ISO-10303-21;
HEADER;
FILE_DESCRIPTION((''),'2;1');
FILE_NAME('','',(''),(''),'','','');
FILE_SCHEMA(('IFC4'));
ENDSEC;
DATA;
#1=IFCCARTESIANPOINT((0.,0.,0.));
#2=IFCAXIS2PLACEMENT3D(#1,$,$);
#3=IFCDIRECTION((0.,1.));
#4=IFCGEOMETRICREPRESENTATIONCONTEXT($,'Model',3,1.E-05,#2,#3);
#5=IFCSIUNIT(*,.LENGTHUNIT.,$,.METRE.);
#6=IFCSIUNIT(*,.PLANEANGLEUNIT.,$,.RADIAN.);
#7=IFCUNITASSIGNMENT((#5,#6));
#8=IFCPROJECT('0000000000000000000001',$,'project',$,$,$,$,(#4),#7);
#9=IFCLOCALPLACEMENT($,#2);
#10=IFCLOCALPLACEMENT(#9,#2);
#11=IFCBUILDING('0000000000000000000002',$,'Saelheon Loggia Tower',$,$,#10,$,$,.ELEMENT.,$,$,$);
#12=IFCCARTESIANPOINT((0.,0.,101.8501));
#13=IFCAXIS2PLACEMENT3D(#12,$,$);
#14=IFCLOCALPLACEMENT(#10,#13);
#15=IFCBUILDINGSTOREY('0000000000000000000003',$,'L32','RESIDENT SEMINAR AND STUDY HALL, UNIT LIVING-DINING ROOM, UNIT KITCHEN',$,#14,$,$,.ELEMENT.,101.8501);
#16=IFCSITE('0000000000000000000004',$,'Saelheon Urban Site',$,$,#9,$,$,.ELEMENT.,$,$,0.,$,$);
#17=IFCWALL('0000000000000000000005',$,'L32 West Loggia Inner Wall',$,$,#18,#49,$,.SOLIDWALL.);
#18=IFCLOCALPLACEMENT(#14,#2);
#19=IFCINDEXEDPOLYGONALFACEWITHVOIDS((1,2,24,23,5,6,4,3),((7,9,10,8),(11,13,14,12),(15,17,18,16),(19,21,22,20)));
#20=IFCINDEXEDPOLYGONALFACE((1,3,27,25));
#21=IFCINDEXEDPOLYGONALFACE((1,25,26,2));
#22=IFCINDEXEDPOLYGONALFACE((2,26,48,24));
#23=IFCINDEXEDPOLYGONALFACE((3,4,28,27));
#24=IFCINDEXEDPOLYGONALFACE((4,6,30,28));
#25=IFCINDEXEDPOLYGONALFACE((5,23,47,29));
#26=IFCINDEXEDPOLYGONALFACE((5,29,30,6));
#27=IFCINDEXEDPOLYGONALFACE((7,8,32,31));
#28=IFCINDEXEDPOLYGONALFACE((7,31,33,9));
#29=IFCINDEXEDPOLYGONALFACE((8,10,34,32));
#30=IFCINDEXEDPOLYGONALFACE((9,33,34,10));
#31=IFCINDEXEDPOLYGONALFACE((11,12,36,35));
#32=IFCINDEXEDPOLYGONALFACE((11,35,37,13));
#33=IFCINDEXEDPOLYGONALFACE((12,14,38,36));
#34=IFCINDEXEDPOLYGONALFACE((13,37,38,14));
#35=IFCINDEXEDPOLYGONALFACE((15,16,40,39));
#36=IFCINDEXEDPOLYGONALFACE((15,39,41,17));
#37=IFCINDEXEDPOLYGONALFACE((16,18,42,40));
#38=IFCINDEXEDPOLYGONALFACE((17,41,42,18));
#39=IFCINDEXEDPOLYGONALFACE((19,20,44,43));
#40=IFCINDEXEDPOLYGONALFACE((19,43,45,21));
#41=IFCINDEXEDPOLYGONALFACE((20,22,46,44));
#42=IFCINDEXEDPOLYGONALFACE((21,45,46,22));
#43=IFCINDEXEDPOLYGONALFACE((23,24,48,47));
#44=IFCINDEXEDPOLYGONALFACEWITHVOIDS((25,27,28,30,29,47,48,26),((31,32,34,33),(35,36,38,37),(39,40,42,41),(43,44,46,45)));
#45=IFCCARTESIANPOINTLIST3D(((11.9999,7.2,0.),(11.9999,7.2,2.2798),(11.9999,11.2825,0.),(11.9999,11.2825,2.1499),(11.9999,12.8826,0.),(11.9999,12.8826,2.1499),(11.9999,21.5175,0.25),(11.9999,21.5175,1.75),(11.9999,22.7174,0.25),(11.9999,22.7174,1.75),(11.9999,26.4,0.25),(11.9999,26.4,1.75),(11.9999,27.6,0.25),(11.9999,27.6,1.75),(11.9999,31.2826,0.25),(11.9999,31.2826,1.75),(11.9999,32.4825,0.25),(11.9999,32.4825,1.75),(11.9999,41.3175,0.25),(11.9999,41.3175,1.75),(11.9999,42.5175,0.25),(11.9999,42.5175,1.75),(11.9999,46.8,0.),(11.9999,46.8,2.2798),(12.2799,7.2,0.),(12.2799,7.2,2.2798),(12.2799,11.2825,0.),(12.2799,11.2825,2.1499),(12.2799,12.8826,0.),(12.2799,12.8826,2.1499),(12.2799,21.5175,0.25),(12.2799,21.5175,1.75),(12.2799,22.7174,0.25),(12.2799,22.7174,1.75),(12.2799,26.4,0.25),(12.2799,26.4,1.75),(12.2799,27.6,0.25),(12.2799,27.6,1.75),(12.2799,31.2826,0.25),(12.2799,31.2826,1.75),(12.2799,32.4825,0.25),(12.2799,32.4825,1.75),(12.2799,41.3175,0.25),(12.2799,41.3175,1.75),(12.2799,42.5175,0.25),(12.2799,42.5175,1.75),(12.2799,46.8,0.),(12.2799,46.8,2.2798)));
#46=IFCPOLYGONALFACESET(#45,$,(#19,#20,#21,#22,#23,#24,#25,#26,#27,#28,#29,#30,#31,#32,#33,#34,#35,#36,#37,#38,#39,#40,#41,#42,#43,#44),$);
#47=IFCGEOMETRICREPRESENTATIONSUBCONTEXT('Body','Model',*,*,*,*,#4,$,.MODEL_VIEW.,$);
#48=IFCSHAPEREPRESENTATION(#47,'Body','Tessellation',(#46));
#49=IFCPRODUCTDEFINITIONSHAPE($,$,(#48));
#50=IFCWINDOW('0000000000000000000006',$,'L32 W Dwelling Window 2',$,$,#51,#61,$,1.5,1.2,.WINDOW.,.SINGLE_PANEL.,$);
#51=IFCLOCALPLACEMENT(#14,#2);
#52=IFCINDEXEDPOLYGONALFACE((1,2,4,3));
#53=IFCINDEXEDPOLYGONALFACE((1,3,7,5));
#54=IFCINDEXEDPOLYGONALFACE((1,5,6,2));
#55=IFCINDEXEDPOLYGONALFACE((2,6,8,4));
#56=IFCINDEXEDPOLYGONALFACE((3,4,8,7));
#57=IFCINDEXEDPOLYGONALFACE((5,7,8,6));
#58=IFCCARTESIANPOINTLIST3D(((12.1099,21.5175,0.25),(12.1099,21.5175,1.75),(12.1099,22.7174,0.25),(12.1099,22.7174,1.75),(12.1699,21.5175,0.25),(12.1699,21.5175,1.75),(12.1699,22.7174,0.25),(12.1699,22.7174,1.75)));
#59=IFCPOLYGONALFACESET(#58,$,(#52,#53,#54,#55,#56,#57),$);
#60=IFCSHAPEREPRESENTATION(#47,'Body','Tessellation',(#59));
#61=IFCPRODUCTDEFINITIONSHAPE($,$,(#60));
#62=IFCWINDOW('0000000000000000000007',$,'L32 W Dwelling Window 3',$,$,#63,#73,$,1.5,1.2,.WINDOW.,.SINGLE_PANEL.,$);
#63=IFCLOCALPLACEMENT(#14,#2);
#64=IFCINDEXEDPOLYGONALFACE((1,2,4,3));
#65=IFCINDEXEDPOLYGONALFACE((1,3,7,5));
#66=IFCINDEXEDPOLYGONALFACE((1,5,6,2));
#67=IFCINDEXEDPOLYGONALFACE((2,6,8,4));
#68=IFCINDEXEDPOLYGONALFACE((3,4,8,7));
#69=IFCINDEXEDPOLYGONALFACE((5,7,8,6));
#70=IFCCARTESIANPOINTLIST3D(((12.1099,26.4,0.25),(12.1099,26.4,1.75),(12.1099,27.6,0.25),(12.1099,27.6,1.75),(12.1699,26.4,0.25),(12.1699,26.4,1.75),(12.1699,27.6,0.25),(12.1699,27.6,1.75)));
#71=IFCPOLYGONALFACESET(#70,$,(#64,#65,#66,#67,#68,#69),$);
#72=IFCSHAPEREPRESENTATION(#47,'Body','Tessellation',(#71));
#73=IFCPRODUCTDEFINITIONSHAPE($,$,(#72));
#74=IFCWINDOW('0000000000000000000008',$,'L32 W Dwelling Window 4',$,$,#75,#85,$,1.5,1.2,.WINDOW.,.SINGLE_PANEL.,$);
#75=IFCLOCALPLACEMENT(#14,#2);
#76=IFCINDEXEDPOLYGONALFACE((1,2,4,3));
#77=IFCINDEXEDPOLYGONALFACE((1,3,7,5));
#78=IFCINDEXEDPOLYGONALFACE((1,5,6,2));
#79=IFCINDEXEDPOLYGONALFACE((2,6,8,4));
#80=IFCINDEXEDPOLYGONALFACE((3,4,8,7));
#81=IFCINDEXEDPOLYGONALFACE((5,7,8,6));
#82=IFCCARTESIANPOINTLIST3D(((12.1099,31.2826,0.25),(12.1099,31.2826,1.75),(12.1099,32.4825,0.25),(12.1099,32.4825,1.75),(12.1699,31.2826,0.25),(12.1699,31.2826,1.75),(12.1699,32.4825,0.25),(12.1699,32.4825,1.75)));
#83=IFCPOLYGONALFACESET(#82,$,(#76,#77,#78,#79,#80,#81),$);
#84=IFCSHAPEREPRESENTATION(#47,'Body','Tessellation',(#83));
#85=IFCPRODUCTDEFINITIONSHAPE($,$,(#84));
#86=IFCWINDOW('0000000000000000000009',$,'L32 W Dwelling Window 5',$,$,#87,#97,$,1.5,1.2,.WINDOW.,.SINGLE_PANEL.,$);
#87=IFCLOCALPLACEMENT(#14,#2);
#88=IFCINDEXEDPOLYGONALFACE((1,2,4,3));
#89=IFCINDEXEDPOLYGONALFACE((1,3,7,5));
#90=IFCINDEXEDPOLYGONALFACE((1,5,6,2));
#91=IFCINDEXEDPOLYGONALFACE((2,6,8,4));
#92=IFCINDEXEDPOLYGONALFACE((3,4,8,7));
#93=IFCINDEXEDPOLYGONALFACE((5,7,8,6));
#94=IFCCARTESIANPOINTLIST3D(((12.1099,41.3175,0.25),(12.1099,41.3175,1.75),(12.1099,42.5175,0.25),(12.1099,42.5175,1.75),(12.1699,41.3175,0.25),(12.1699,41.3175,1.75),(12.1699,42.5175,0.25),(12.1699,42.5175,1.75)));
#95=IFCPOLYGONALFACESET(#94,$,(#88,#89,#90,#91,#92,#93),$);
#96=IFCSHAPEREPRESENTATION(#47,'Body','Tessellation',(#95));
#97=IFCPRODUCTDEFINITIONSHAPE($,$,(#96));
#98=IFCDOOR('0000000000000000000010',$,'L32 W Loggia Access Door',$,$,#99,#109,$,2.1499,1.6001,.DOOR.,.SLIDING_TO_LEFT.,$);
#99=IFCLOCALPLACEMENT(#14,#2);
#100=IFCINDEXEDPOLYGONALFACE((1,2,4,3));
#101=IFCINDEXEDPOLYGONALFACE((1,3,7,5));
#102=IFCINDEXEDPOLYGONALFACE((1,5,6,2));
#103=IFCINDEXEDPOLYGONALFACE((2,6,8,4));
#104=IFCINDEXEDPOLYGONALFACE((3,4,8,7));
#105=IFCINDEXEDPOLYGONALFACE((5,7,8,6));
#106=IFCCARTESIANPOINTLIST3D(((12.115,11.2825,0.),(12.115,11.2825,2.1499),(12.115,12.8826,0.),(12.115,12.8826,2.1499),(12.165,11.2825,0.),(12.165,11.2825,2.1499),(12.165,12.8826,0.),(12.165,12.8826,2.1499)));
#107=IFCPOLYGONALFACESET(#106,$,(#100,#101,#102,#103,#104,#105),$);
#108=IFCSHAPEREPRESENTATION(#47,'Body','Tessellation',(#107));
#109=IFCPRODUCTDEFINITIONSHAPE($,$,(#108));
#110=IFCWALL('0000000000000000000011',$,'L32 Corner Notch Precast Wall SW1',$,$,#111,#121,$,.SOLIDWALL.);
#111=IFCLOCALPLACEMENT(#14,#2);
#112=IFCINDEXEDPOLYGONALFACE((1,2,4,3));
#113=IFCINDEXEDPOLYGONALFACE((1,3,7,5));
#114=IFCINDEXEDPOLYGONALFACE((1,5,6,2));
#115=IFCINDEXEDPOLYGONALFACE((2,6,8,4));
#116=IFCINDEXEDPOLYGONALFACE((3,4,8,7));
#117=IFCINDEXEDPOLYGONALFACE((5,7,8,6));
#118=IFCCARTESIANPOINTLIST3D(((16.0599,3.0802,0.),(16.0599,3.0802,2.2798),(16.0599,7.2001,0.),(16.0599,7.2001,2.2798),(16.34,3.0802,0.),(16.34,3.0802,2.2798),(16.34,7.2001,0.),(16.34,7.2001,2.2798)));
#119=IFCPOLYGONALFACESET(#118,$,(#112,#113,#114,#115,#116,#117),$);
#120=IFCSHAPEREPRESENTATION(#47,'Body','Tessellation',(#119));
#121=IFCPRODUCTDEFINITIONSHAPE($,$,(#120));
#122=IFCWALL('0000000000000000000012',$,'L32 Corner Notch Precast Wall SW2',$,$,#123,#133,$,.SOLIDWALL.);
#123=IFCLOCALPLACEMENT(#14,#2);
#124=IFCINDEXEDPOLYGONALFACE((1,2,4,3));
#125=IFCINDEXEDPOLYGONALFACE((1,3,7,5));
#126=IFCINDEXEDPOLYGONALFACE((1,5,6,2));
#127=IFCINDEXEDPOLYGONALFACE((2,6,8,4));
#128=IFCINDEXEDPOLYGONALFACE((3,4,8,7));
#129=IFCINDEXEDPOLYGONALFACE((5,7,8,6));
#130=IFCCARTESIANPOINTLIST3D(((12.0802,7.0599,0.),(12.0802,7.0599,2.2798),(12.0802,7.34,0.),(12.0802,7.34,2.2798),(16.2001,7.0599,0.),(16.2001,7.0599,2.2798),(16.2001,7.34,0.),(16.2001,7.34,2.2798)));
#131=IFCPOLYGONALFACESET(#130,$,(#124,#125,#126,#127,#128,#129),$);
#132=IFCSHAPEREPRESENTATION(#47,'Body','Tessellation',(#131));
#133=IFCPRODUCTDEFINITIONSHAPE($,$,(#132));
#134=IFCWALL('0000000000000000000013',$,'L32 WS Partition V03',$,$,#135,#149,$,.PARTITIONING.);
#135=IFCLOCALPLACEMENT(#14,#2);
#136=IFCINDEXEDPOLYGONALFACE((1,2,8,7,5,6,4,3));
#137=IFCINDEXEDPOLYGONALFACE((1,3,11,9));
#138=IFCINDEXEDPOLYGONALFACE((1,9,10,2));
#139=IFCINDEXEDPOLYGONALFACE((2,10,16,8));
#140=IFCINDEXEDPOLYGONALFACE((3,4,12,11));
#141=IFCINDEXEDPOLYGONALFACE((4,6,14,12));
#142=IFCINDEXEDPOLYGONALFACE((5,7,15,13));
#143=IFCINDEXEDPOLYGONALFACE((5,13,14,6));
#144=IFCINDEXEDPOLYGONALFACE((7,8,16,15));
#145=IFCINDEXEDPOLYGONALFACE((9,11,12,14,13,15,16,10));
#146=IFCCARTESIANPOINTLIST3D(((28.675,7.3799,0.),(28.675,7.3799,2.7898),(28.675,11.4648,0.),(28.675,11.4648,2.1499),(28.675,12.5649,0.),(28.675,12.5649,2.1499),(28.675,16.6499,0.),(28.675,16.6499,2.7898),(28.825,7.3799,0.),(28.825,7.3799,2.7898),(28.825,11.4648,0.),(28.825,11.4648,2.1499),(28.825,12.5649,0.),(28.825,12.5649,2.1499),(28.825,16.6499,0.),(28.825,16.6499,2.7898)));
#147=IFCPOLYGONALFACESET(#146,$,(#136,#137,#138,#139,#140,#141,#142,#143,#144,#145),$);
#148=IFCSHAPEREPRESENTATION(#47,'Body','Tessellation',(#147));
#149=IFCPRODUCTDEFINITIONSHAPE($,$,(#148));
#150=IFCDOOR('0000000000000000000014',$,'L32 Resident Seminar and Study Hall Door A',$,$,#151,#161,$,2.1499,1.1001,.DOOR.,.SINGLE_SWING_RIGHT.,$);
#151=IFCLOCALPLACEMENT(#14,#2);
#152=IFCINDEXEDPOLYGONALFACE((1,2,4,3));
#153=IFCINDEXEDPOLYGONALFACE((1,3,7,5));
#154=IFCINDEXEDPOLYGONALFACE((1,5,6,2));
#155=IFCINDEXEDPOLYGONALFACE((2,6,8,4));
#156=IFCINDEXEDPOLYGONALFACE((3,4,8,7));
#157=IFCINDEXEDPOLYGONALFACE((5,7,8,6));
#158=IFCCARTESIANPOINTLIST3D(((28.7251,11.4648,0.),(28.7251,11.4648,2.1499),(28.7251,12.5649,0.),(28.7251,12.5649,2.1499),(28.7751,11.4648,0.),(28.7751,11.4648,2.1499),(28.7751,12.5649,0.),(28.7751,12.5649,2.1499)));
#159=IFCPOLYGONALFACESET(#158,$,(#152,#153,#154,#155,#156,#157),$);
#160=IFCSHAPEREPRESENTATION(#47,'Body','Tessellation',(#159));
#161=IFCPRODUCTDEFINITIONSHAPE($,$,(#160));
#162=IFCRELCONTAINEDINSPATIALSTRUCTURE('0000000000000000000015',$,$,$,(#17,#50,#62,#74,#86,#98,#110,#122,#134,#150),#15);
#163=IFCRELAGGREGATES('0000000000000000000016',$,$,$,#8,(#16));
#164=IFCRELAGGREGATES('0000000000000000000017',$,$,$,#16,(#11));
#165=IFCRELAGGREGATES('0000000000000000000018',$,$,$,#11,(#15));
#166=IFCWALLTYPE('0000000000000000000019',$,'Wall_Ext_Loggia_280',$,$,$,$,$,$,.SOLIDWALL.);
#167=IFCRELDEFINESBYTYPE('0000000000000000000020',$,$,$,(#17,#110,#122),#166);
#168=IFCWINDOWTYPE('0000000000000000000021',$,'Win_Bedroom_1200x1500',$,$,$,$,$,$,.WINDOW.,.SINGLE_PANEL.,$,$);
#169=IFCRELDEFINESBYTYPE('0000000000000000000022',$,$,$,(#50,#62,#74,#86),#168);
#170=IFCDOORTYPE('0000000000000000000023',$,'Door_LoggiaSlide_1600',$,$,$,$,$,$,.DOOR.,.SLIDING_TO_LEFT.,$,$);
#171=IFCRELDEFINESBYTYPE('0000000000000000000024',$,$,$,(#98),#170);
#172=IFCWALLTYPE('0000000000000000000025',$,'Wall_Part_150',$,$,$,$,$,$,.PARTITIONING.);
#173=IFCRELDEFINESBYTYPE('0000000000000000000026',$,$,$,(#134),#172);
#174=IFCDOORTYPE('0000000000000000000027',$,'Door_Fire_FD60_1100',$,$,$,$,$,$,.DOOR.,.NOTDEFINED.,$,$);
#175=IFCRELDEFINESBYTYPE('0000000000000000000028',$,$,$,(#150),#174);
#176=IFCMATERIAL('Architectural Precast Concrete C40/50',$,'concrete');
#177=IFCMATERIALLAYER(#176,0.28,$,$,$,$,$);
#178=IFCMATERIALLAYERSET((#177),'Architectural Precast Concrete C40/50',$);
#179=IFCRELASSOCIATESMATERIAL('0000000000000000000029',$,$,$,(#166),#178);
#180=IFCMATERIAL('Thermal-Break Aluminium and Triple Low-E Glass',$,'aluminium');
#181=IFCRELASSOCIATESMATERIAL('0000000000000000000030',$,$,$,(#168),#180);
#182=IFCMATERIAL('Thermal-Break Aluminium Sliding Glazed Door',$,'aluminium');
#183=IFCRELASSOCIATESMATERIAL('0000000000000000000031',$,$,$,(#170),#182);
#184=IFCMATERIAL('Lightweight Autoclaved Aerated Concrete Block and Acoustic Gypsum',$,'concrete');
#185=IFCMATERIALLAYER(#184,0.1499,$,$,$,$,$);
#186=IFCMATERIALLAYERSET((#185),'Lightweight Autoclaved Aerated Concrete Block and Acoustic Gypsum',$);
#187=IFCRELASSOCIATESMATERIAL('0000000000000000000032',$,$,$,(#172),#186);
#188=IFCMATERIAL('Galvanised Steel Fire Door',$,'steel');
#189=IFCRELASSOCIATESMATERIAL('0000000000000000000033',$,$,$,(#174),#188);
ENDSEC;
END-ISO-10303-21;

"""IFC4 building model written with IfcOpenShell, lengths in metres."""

from ifc_helpers import new_model, si_unit, direction, frame, frame_2d, origin, place, context, subcontext, project, spatial, rectangle, extrude, source, transform, mapped, material, layer, layer_set, type_object, element, fill, save


model = new_model("IFC4")

# Units and contexts
model_context = context("Model", 3, precision=1e-05, world=origin(), true_north=direction((0.0, 1.0)))
body_context = subcontext(model_context, "Body", "Model", "MODEL_VIEW")
ifc_project = project(units=[si_unit("LENGTHUNIT", "METRE"), si_unit("PLANEANGLEUNIT", "RADIAN")], contexts=[model_context])

# Site, building, storey
site_placement = place(None, origin())
site = spatial("IfcSite", under=ifc_project, at=site_placement, Name="Saelheon Urban Site", CompositionType="ELEMENT", RefElevation=0.0)
building_placement = place(site_placement, origin())
building = spatial("IfcBuilding", under=site, at=building_placement, Name="Saelheon Loggia Tower", CompositionType="ELEMENT")
storey_placement = place(building_placement, frame((0.0, 0.0, 101.8501)))
storey = spatial("IfcBuildingStorey", under=building, at=storey_placement, Name="L32", Description="RESIDENT SEMINAR AND STUDY HALL, UNIT LIVING-DINING ROOM, UNIT KITCHEN", CompositionType="ELEMENT", Elevation=101.8501)

# Wall, openings, windows, door
ifc_material_1 = material(Name="Architectural Precast Concrete C40/50", Category="concrete")
ifc_layer_1 = layer(ifc_material_1, 0.28)
ifc_layer_set_1 = layer_set([ifc_layer_1], Name="Architectural Precast Concrete C40/50")
wall_type_1 = type_object("IfcWallType", Name="Wall_Ext_Loggia_280", PredefinedType="SOLIDWALL", material=ifc_layer_set_1)
ifc_material_2 = material(Name="Thermal-Break Aluminium and Triple Low-E Glass", Category="aluminium")
window_type = type_object("IfcWindowType", Name="Win_Bedroom_1200x1500", PartitioningType="SINGLE_PANEL", PredefinedType="WINDOW", material=ifc_material_2)
shared_shape_1 = source(origin(), body_context, "Body", "SweptSolid", [
    extrude(rectangle(XDim=1.2, YDim=1.5, at=frame_2d((0.6001, 0.75))), frame((0.0, 0.03, 0.0), z_axis=(0.0, -1.0, 0.0), x_axis=(1.0, 0.0, 0.0)), (0.0, 0.0, 1.0), 0.0601),
])
shared_shape_2 = source(origin(), body_context, "Body", "SweptSolid", [
    extrude(rectangle(XDim=1.1001, YDim=2.1499, at=frame_2d((0.55, 1.075))), frame((0.0, 0.0249, 0.0), z_axis=(0.0, -1.0, 0.0), x_axis=(1.0, 0.0, 0.0)), (0.0, 0.0, 1.0), 0.05),
])
wall_1_placement = place(storey_placement, frame((12.1399, 7.2, 0.0), z_axis=(0.0, 0.0, 1.0), x_axis=(0.0, 1.0, 0.0)))
wall_1 = element("IfcWall", 1, at=wall_1_placement, inside=storey, type_object=wall_type_1, Name="L32 West Loggia Inner Wall", PredefinedType="SOLIDWALL", context=body_context, shape_type="SweptSolid", body=[
    extrude(rectangle(XDim=39.6001, YDim=0.28, at=frame_2d((19.8, 0.0))), origin(), (0.0, 0.0, 1.0), 2.2798),
])
opening_1_placement = place(wall_1_placement, frame((4.0825, 0.0, 0.0)))
opening_1 = element("IfcOpeningElement", 2, at=opening_1_placement, cuts=wall_1, PredefinedType="OPENING", context=body_context, shape_type="SweptSolid", body=[
    extrude(rectangle(XDim=1.6001, YDim=2.1499, at=frame_2d((0.8, 1.075))), frame((0.0, 0.1521, 0.0), z_axis=(0.0, -1.0, 0.0), x_axis=(1.0, 0.0, 0.0)), (0.0, 0.0, 1.0), 0.304),
])
opening_2_placement = place(wall_1_placement, frame((14.3174, 0.0, 0.25)))
opening_2 = element("IfcOpeningElement", 3, at=opening_2_placement, cuts=wall_1, PredefinedType="OPENING", context=body_context, shape_type="SweptSolid", body=[
    extrude(rectangle(XDim=1.2, YDim=1.5, at=frame_2d((0.6001, 0.75))), frame((0.0, 0.1521, 0.0), z_axis=(0.0, -1.0, 0.0), x_axis=(1.0, 0.0, 0.0)), (0.0, 0.0, 1.0), 0.304),
])
opening_3_placement = place(wall_1_placement, frame((19.2, 0.0, 0.25)))
opening_3 = element("IfcOpeningElement", 4, at=opening_3_placement, cuts=wall_1, PredefinedType="OPENING", context=body_context, shape_type="SweptSolid", body=[
    extrude(rectangle(XDim=1.2, YDim=1.5, at=frame_2d((0.6001, 0.75))), frame((0.0, 0.1521, 0.0), z_axis=(0.0, -1.0, 0.0), x_axis=(1.0, 0.0, 0.0)), (0.0, 0.0, 1.0), 0.304),
])
opening_4_placement = place(wall_1_placement, frame((24.0825, 0.0, 0.25)))
opening_4 = element("IfcOpeningElement", 5, at=opening_4_placement, cuts=wall_1, PredefinedType="OPENING", context=body_context, shape_type="SweptSolid", body=[
    extrude(rectangle(XDim=1.2, YDim=1.5, at=frame_2d((0.6001, 0.75))), frame((0.0, 0.1521, 0.0), z_axis=(0.0, -1.0, 0.0), x_axis=(1.0, 0.0, 0.0)), (0.0, 0.0, 1.0), 0.304),
])
opening_5_placement = place(wall_1_placement, frame((34.1174, 0.0, 0.25)))
opening_5 = element("IfcOpeningElement", 6, at=opening_5_placement, cuts=wall_1, PredefinedType="OPENING", context=body_context, shape_type="SweptSolid", body=[
    extrude(rectangle(XDim=1.2, YDim=1.5, at=frame_2d((0.6001, 0.75))), frame((0.0, 0.1521, 0.0), z_axis=(0.0, -1.0, 0.0), x_axis=(1.0, 0.0, 0.0)), (0.0, 0.0, 1.0), 0.304),
])
window_1_placement = place(opening_2_placement, origin())
window_1 = element("IfcWindow", 7, at=window_1_placement, inside=storey, type_object=window_type, Name="L32 W Dwelling Window 2", OverallHeight=1.5, OverallWidth=1.2, PartitioningType="SINGLE_PANEL", PredefinedType="WINDOW", context=body_context, shape_type="MappedRepresentation", body=[
    mapped(shared_shape_1, transform((0.0, 0.0, 0.0), scale=1.0)),
])
fill(opening_2, window_1)
window_2_placement = place(opening_3_placement, origin())
window_2 = element("IfcWindow", 8, at=window_2_placement, inside=storey, type_object=window_type, Name="L32 W Dwelling Window 3", OverallHeight=1.5, OverallWidth=1.2, PartitioningType="SINGLE_PANEL", PredefinedType="WINDOW", context=body_context, shape_type="MappedRepresentation", body=[
    mapped(shared_shape_1, transform((0.0, 0.0, 0.0), scale=1.0)),
])
fill(opening_3, window_2)
window_3_placement = place(opening_4_placement, origin())
window_3 = element("IfcWindow", 9, at=window_3_placement, inside=storey, type_object=window_type, Name="L32 W Dwelling Window 4", OverallHeight=1.5, OverallWidth=1.2, PartitioningType="SINGLE_PANEL", PredefinedType="WINDOW", context=body_context, shape_type="MappedRepresentation", body=[
    mapped(shared_shape_1, transform((0.0, 0.0, 0.0), scale=1.0)),
])
fill(opening_4, window_3)
window_4_placement = place(opening_5_placement, origin())
window_4 = element("IfcWindow", 10, at=window_4_placement, inside=storey, type_object=window_type, Name="L32 W Dwelling Window 5", OverallHeight=1.5, OverallWidth=1.2, PartitioningType="SINGLE_PANEL", PredefinedType="WINDOW", context=body_context, shape_type="MappedRepresentation", body=[
    mapped(shared_shape_1, transform((0.0, 0.0, 0.0), scale=1.0)),
])
fill(opening_5, window_4)
ifc_material_3 = material(Name="Thermal-Break Aluminium Sliding Glazed Door", Category="aluminium")
door_type_1 = type_object("IfcDoorType", Name="Door_LoggiaSlide_1600", OperationType="SLIDING_TO_LEFT", PredefinedType="DOOR", material=ifc_material_3)
shared_shape_3 = source(origin(), body_context, "Body", "SweptSolid", [
    extrude(rectangle(XDim=1.6001, YDim=2.1499, at=frame_2d((0.8, 1.075))), frame((0.0, 0.0249, 0.0), z_axis=(0.0, -1.0, 0.0), x_axis=(1.0, 0.0, 0.0)), (0.0, 0.0, 1.0), 0.05),
])
door_1_placement = place(opening_1_placement, origin())
door_1 = element("IfcDoor", 11, at=door_1_placement, inside=storey, type_object=door_type_1, Name="L32 W Loggia Access Door", OperationType="SLIDING_TO_LEFT", OverallHeight=2.1499, OverallWidth=1.6001, PredefinedType="DOOR", context=body_context, shape_type="MappedRepresentation", body=[
    mapped(shared_shape_3, transform((0.0, 0.0, 0.0), scale=1.0)),
])
fill(opening_1, door_1)

# Walls
for number, where, z_axis, x_axis, name in (
    (12, (16.2, 3.0801, 0.0), (0.0, 0.0, 1.0), (0.0, 1.0, 0.0), "L32 Corner Notch Precast Wall SW1"),
    (13, (12.0801, 7.2, 0.0), (0.0, 0.0, 1.0), (1.0, 0.0, 0.0), "L32 Corner Notch Precast Wall SW2"),
):
    element("IfcWall", number, at=place(storey_placement, frame(where, z_axis=z_axis, x_axis=x_axis)), inside=storey, type_object=wall_type_1, Name=name, PredefinedType="SOLIDWALL", context=body_context, shape_type="SweptSolid", body=[
        extrude(rectangle(XDim=4.1199, YDim=0.28, at=frame_2d((2.0601, 0.0))), origin(), (0.0, 0.0, 1.0), 2.2798),
    ])

# Wall, opening, door
ifc_material_4 = material(Name="Lightweight Autoclaved Aerated Concrete Block and Acoustic Gypsum", Category="concrete")
ifc_layer_2 = layer(ifc_material_4, 0.1499)
ifc_layer_set_2 = layer_set([ifc_layer_2], Name="Lightweight Autoclaved Aerated Concrete Block and Acoustic Gypsum")
wall_type_2 = type_object("IfcWallType", Name="Wall_Part_150", PredefinedType="PARTITIONING", material=ifc_layer_set_2)
wall_2_placement = place(storey_placement, frame((28.75, 7.3799, 0.0), z_axis=(0.0, 0.0, 1.0), x_axis=(0.0, 1.0, 0.0)))
wall_2 = element("IfcWall", 14, at=wall_2_placement, inside=storey, type_object=wall_type_2, Name="L32 WS Partition V03", PredefinedType="PARTITIONING", context=body_context, shape_type="SweptSolid", body=[
    extrude(rectangle(XDim=9.27, YDim=0.1499, at=frame_2d((4.635, 0.0))), origin(), (0.0, 0.0, 1.0), 2.7898),
])
opening_6_placement = place(wall_2_placement, frame((4.085, 0.0, 0.0)))
opening_6 = element("IfcOpeningElement", 15, at=opening_6_placement, cuts=wall_2, PredefinedType="OPENING", context=body_context, shape_type="SweptSolid", body=[
    extrude(rectangle(XDim=1.1001, YDim=2.1499, at=frame_2d((0.55, 1.075))), frame((0.0, 0.0869, 0.0), z_axis=(0.0, -1.0, 0.0), x_axis=(1.0, 0.0, 0.0)), (0.0, 0.0, 1.0), 0.1738),
])
ifc_material_5 = material(Name="Galvanised Steel Fire Door", Category="steel")
door_type_2 = type_object("IfcDoorType", Name="Door_Fire_FD60_1100", OperationType="NOTDEFINED", PredefinedType="DOOR", material=ifc_material_5)
door_2_placement = place(opening_6_placement, origin())
door_2 = element("IfcDoor", 16, at=door_2_placement, inside=storey, type_object=door_type_2, Name="L32 Resident Seminar and Study Hall Door A", OperationType="SINGLE_SWING_RIGHT", OverallHeight=2.1499, OverallWidth=1.1001, PredefinedType="DOOR", context=body_context, shape_type="MappedRepresentation", body=[
    mapped(shared_shape_2, transform((0.0, 0.0, 0.0), scale=1.0)),
])
fill(opening_6, door_2)

save(model, "model.ifc")
